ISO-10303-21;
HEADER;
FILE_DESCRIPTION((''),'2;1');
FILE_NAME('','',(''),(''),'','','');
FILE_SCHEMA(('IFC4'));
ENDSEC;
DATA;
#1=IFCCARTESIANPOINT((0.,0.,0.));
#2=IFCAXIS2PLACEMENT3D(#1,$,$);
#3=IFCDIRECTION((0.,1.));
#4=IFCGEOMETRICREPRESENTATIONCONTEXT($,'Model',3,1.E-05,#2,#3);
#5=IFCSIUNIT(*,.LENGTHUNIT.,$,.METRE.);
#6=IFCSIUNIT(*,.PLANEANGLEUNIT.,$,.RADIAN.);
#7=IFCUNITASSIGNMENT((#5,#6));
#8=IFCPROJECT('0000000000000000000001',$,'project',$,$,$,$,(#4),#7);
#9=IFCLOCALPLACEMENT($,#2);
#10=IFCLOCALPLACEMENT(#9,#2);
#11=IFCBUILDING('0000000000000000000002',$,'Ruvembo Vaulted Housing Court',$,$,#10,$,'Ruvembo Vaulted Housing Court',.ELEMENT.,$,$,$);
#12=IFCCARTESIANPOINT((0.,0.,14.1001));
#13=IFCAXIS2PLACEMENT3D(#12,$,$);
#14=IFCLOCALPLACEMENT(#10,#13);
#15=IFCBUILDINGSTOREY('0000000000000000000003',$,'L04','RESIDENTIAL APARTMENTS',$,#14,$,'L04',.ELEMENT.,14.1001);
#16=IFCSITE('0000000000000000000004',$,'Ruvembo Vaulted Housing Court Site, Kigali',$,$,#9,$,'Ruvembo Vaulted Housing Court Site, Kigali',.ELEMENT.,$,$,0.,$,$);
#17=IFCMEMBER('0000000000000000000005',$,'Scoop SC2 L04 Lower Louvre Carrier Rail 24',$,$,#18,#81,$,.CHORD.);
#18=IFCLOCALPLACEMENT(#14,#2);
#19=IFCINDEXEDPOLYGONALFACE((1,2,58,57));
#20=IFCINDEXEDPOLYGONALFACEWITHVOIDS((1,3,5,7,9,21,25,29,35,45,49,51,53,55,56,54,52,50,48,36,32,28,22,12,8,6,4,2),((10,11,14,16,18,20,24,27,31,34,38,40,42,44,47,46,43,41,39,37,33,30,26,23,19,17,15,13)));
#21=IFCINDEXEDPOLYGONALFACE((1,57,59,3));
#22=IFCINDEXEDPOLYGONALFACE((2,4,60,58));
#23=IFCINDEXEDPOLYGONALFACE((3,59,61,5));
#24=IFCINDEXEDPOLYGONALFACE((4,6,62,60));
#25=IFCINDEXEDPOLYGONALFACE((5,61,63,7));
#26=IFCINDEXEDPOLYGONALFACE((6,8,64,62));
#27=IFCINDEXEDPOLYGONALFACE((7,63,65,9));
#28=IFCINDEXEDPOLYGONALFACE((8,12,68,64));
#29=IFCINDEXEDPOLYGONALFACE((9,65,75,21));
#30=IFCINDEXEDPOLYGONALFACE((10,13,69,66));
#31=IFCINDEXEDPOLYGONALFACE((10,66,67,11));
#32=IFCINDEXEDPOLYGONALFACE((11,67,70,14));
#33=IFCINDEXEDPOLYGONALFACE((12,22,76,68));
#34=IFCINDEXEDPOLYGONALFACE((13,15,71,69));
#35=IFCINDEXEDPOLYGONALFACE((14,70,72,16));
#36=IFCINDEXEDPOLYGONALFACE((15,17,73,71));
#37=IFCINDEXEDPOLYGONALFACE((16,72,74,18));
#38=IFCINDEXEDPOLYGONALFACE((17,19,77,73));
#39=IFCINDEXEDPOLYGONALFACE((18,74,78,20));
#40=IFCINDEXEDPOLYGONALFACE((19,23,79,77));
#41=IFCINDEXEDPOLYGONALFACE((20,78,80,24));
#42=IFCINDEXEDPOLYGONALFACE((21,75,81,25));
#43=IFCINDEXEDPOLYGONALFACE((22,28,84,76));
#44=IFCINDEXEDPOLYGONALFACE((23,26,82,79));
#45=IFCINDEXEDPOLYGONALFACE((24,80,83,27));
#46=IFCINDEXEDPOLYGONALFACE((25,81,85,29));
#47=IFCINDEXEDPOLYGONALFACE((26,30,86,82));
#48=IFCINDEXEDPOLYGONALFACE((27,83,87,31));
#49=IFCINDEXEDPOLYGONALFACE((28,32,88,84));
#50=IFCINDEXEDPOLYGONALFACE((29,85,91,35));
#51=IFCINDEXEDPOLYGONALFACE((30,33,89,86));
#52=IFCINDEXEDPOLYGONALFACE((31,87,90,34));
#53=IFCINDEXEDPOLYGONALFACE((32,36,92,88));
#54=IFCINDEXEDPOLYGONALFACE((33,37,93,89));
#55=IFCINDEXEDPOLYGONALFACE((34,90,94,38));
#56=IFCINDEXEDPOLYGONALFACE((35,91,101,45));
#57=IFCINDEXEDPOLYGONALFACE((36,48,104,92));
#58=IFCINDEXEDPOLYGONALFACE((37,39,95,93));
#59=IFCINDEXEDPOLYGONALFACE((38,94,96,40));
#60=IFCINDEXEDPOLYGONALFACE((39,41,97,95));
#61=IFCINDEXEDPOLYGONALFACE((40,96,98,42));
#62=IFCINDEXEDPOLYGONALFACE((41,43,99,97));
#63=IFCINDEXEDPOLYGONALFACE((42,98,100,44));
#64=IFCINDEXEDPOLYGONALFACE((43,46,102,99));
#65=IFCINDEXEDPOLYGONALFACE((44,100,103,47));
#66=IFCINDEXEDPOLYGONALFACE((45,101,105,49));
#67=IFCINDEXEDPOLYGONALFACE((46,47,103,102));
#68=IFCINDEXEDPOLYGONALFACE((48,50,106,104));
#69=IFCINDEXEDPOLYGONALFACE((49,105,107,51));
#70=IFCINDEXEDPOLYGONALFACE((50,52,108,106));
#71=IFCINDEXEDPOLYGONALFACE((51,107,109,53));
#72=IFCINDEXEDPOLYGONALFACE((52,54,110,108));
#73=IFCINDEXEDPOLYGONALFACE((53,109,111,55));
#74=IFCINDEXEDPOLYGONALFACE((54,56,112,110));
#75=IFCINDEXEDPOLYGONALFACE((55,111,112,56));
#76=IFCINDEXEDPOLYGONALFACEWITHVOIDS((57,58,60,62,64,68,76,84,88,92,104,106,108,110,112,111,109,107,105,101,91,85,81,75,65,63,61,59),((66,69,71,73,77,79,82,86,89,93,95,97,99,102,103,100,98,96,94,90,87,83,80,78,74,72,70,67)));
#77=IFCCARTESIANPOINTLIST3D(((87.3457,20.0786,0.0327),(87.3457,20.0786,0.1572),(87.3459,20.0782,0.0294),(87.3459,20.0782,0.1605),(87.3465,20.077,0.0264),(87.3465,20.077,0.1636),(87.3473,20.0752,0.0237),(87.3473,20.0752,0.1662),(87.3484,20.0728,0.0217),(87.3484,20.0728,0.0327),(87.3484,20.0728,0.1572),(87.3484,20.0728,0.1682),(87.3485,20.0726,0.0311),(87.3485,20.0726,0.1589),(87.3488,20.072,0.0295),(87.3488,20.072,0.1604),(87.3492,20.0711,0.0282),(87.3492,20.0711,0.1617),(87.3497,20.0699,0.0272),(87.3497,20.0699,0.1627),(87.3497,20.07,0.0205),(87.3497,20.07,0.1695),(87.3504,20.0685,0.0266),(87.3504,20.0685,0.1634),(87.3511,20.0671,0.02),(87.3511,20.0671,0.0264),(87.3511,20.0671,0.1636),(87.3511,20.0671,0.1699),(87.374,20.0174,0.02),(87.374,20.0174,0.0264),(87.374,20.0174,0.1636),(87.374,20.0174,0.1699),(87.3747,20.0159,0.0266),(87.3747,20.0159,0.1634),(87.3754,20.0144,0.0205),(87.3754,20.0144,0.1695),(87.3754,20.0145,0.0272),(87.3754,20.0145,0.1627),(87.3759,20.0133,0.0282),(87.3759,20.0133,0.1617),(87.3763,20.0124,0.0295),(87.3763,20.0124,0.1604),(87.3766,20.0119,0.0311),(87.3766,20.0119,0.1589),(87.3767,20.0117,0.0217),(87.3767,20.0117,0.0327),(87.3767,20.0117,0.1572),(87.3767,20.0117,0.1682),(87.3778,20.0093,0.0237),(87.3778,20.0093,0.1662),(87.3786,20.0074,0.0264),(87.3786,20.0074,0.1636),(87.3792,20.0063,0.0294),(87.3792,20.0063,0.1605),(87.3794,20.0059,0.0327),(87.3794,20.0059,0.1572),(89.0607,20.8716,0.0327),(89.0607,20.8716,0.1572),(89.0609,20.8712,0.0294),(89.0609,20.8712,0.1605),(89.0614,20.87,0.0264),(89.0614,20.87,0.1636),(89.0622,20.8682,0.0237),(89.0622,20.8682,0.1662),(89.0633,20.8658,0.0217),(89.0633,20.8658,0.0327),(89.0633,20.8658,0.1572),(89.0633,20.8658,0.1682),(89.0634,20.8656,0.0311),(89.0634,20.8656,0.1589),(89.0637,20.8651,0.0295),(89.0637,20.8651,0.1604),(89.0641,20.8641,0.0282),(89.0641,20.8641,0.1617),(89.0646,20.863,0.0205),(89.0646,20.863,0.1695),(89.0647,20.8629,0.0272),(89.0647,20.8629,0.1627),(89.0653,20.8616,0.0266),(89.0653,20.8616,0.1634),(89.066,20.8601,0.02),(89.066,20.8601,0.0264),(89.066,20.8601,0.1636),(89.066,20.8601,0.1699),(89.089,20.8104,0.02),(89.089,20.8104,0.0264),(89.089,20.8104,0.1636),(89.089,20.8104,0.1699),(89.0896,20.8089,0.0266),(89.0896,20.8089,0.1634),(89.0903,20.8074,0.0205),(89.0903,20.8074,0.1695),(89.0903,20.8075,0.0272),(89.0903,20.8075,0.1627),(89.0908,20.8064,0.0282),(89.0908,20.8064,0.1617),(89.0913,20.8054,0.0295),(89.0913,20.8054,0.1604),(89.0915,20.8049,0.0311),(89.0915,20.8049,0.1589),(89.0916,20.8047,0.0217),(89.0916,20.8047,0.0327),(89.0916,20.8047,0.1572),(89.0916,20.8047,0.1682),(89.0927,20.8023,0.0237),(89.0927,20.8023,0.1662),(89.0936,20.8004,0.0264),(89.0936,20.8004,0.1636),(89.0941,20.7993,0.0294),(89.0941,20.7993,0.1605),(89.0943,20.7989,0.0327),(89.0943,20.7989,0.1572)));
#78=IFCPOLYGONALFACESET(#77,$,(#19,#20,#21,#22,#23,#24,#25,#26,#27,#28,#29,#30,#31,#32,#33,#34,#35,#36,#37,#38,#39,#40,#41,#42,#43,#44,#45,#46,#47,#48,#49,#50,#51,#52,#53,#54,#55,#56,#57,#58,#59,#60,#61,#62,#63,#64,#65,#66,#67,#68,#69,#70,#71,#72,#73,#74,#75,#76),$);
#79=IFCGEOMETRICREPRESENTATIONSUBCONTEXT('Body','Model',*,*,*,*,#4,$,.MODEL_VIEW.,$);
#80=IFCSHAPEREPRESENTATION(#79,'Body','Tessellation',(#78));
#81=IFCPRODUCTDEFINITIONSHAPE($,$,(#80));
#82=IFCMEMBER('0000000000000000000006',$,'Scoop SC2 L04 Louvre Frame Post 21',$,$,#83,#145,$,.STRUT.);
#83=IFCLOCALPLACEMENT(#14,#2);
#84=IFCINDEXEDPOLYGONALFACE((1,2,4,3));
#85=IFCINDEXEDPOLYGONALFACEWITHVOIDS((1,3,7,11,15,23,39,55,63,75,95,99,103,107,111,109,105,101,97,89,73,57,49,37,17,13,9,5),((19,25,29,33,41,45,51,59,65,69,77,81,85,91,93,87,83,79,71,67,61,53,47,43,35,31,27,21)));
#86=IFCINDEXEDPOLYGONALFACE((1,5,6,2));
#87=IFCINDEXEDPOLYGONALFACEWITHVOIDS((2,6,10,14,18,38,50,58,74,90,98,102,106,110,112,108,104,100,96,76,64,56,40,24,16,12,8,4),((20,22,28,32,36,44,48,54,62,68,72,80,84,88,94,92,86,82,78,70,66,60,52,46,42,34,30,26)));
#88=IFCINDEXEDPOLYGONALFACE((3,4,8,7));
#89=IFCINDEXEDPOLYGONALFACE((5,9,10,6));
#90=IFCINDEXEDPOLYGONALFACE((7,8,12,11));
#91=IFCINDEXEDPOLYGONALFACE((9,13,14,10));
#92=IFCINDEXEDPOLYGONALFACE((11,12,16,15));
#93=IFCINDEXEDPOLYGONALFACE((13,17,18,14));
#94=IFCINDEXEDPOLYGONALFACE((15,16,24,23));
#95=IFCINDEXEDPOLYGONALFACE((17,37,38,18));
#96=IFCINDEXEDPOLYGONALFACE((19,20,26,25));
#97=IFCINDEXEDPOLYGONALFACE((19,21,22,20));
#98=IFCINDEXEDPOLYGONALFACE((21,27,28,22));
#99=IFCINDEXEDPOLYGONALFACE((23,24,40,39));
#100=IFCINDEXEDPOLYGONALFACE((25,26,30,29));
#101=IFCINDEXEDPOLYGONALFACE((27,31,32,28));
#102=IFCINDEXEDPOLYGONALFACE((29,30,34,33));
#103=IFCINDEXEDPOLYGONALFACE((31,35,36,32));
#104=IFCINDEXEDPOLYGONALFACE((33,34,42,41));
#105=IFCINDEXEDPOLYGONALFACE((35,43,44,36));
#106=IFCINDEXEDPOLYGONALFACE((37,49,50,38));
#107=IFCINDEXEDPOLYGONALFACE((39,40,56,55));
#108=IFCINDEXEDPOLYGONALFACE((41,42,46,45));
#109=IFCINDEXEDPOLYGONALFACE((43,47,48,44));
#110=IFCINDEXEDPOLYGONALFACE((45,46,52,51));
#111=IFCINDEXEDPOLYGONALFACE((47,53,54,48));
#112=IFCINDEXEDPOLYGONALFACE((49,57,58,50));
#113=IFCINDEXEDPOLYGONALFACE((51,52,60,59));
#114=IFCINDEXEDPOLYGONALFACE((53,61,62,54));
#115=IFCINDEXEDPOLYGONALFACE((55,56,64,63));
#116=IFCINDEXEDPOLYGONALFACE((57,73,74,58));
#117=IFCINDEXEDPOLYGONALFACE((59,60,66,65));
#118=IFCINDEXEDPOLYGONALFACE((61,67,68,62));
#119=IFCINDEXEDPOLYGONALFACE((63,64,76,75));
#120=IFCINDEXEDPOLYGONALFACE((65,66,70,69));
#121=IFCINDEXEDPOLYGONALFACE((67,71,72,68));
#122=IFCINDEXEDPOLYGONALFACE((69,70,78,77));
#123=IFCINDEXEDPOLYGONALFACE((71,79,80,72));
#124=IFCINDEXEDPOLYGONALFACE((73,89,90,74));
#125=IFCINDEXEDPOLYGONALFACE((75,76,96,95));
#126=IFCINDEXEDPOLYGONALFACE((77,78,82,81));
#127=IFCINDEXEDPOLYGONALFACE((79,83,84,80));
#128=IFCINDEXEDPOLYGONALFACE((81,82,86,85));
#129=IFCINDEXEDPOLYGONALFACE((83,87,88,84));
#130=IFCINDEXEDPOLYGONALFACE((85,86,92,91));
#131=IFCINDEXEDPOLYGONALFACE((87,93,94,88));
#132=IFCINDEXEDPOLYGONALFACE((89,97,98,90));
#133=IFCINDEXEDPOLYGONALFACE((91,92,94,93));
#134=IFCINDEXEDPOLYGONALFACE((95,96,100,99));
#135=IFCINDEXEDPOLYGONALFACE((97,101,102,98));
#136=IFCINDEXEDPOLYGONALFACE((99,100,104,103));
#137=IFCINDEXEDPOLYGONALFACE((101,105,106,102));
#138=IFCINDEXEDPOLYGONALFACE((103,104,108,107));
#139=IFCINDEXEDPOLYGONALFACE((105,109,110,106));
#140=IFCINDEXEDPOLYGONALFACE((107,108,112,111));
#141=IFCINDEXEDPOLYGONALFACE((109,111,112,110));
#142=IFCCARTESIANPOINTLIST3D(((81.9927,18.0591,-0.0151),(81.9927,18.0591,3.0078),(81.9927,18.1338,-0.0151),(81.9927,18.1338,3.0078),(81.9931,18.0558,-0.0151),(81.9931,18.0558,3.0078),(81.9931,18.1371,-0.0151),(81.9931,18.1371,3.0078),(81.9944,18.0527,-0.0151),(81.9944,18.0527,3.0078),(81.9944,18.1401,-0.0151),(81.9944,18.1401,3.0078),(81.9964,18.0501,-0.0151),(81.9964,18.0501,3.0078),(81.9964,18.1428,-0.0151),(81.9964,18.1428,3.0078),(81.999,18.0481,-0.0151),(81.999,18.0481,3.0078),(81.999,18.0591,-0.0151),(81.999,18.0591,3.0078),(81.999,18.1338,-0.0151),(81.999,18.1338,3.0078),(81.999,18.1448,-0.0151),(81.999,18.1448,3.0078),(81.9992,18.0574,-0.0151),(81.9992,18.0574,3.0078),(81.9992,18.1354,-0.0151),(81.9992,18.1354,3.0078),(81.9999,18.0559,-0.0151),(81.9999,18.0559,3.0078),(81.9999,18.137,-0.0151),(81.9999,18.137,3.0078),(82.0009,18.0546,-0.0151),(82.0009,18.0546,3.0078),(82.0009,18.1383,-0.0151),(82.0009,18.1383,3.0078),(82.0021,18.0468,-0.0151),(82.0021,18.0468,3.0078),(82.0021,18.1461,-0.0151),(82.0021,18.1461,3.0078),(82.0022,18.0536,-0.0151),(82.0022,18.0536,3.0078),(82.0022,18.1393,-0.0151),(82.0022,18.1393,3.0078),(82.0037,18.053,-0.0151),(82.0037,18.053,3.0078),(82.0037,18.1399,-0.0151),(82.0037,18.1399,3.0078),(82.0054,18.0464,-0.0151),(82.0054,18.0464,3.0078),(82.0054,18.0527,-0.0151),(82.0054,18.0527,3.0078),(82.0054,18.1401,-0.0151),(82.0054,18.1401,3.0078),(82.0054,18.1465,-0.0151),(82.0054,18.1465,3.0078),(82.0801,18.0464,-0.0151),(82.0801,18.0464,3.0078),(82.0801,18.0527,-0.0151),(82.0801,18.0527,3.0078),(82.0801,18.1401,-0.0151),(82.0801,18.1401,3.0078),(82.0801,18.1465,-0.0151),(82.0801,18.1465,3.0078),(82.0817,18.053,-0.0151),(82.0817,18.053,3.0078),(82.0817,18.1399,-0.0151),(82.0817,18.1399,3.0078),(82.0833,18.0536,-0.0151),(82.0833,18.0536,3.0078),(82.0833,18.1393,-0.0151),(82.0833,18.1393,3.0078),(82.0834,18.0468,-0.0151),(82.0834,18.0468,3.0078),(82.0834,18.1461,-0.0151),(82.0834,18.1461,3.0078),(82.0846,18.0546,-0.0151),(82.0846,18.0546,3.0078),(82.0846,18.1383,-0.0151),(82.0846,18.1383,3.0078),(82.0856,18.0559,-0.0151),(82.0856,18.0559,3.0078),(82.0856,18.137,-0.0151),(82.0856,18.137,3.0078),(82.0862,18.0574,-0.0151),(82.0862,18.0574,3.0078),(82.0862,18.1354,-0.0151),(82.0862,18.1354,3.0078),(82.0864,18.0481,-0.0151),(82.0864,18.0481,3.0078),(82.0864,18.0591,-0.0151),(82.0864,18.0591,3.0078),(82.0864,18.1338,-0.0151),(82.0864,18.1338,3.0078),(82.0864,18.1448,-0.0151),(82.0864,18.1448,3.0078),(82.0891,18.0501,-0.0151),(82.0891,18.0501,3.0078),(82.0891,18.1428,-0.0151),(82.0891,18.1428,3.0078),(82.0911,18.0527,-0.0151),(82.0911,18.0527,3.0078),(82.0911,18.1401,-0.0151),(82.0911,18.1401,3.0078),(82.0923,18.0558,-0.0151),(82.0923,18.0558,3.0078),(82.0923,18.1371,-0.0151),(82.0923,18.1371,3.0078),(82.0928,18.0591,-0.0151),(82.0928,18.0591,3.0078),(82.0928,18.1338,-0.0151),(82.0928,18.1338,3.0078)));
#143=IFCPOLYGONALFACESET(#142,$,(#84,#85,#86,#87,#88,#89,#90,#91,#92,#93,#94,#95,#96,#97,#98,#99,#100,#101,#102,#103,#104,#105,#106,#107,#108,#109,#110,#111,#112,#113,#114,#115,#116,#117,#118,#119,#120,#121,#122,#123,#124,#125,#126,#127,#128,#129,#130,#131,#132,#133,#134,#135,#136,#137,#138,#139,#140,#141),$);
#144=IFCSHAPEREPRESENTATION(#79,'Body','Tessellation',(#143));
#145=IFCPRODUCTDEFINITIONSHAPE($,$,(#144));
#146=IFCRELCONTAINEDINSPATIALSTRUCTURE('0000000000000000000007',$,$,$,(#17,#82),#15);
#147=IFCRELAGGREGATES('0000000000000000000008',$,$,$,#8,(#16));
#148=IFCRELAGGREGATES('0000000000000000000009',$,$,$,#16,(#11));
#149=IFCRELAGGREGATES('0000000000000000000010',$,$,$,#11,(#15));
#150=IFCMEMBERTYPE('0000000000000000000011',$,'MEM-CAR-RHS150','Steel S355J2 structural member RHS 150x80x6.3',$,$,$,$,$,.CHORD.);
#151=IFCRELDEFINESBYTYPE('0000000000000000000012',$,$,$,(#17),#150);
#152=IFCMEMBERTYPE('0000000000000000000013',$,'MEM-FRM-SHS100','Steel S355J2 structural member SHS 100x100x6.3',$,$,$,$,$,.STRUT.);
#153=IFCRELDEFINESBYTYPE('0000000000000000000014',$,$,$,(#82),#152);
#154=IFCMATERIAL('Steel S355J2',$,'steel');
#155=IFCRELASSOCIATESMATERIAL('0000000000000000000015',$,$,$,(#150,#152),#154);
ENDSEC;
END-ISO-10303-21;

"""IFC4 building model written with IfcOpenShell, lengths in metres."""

from ifc_helpers import new_model, si_unit, direction, frame, origin, origin_2d, place, context, subcontext, project, spatial, hollow_rectangle, extrude, material, material_profile, profile_set, type_object, element, save


model = new_model("IFC4")

# Units and contexts
model_context = context("Model", 3, precision=1e-05, world=origin(), true_north=direction((0.0, 1.0)))
body_context = subcontext(model_context, "Body", "Model", "MODEL_VIEW")
ifc_project = project(units=[si_unit("LENGTHUNIT", "METRE"), si_unit("PLANEANGLEUNIT", "RADIAN")], contexts=[model_context])

# Site, building, storey
site_placement = place(None, origin())
site = spatial("IfcSite", under=ifc_project, at=site_placement, Name="Ruvembo Vaulted Housing Court Site, Kigali", LongName="Ruvembo Vaulted Housing Court Site, Kigali", CompositionType="ELEMENT", RefElevation=0.0)
building_placement = place(site_placement, origin())
building = spatial("IfcBuilding", under=site, at=building_placement, Name="Ruvembo Vaulted Housing Court", LongName="Ruvembo Vaulted Housing Court", CompositionType="ELEMENT")
storey_placement = place(building_placement, frame((0.0, 0.0, 14.1001)))
storey = spatial("IfcBuildingStorey", under=building, at=storey_placement, Name="L04", Description="RESIDENTIAL APARTMENTS", LongName="L04", CompositionType="ELEMENT", Elevation=14.1001)

# Shared definitions
ifc_material_1 = material(Name="Steel S355J2", Category="steel")

# Members
ifc_material_profile_1 = material_profile(ifc_material_1, hollow_rectangle(XDim=0.0801, YDim=0.1499, WallThickness=0.0063, InnerFilletRadius=0.0063, OuterFilletRadius=0.0127, at=origin_2d()), Name="RHS 150x80x6.3")
ifc_profile_set_1 = profile_set([ifc_material_profile_1], Name="Steel S355J2")
member_type_1 = type_object("IfcMemberType", Name="MEM-CAR-RHS150", Description="Steel S355J2 structural member RHS 150x80x6.3", PredefinedType="CHORD", material=ifc_profile_set_1)
member_1_placement = place(storey_placement, frame((87.3625, 20.0422, 0.095), z_axis=(0.907657, 0.419714, 0.0), x_axis=(-0.419714, 0.907657, 0.0)))
element("IfcMember", 1, at=member_1_placement, inside=storey, type_object=member_type_1, Name="Scoop SC2 L04 Lower Louvre Carrier Rail 24", PredefinedType="CHORD", context=body_context, shape_type="SweptSolid", body=[
    extrude(hollow_rectangle(XDim=0.0801, YDim=0.1499, WallThickness=0.0063, InnerFilletRadius=0.0063, OuterFilletRadius=0.0127, at=origin_2d()), origin(), (0.0, 0.0, 1.0), 1.8894),
])
ifc_material_profile_2 = material_profile(ifc_material_1, hollow_rectangle(XDim=0.1001, YDim=0.1001, WallThickness=0.0063, InnerFilletRadius=0.0063, OuterFilletRadius=0.0127, at=origin_2d()), Name="SHS 100x100x6.3")
ifc_profile_set_2 = profile_set([ifc_material_profile_2], Name="Steel S355J2")
member_type_2 = type_object("IfcMemberType", Name="MEM-FRM-SHS100", Description="Steel S355J2 structural member SHS 100x100x6.3", PredefinedType="STRUT", material=ifc_profile_set_2)
for number, where, z_axis, x_axis, name in (
    (2, (82.0427, 18.0964, -0.0151), (0.0, 0.0, 1.0), (1.0, 0.0, 0.0), "Scoop SC2 L04 Louvre Frame Post 21"),
):
    element("IfcMember", number, at=place(storey_placement, frame(where, z_axis=z_axis, x_axis=x_axis)), inside=storey, type_object=member_type_2, Name=name, PredefinedType="STRUT", context=body_context, shape_type="SweptSolid", body=[
        extrude(hollow_rectangle(XDim=0.1001, YDim=0.1001, WallThickness=0.0063, InnerFilletRadius=0.0063, OuterFilletRadius=0.0127, at=origin_2d()), origin(), (0.0, 0.0, 1.0), 3.0229),
    ])

save(model, "model.ifc")
